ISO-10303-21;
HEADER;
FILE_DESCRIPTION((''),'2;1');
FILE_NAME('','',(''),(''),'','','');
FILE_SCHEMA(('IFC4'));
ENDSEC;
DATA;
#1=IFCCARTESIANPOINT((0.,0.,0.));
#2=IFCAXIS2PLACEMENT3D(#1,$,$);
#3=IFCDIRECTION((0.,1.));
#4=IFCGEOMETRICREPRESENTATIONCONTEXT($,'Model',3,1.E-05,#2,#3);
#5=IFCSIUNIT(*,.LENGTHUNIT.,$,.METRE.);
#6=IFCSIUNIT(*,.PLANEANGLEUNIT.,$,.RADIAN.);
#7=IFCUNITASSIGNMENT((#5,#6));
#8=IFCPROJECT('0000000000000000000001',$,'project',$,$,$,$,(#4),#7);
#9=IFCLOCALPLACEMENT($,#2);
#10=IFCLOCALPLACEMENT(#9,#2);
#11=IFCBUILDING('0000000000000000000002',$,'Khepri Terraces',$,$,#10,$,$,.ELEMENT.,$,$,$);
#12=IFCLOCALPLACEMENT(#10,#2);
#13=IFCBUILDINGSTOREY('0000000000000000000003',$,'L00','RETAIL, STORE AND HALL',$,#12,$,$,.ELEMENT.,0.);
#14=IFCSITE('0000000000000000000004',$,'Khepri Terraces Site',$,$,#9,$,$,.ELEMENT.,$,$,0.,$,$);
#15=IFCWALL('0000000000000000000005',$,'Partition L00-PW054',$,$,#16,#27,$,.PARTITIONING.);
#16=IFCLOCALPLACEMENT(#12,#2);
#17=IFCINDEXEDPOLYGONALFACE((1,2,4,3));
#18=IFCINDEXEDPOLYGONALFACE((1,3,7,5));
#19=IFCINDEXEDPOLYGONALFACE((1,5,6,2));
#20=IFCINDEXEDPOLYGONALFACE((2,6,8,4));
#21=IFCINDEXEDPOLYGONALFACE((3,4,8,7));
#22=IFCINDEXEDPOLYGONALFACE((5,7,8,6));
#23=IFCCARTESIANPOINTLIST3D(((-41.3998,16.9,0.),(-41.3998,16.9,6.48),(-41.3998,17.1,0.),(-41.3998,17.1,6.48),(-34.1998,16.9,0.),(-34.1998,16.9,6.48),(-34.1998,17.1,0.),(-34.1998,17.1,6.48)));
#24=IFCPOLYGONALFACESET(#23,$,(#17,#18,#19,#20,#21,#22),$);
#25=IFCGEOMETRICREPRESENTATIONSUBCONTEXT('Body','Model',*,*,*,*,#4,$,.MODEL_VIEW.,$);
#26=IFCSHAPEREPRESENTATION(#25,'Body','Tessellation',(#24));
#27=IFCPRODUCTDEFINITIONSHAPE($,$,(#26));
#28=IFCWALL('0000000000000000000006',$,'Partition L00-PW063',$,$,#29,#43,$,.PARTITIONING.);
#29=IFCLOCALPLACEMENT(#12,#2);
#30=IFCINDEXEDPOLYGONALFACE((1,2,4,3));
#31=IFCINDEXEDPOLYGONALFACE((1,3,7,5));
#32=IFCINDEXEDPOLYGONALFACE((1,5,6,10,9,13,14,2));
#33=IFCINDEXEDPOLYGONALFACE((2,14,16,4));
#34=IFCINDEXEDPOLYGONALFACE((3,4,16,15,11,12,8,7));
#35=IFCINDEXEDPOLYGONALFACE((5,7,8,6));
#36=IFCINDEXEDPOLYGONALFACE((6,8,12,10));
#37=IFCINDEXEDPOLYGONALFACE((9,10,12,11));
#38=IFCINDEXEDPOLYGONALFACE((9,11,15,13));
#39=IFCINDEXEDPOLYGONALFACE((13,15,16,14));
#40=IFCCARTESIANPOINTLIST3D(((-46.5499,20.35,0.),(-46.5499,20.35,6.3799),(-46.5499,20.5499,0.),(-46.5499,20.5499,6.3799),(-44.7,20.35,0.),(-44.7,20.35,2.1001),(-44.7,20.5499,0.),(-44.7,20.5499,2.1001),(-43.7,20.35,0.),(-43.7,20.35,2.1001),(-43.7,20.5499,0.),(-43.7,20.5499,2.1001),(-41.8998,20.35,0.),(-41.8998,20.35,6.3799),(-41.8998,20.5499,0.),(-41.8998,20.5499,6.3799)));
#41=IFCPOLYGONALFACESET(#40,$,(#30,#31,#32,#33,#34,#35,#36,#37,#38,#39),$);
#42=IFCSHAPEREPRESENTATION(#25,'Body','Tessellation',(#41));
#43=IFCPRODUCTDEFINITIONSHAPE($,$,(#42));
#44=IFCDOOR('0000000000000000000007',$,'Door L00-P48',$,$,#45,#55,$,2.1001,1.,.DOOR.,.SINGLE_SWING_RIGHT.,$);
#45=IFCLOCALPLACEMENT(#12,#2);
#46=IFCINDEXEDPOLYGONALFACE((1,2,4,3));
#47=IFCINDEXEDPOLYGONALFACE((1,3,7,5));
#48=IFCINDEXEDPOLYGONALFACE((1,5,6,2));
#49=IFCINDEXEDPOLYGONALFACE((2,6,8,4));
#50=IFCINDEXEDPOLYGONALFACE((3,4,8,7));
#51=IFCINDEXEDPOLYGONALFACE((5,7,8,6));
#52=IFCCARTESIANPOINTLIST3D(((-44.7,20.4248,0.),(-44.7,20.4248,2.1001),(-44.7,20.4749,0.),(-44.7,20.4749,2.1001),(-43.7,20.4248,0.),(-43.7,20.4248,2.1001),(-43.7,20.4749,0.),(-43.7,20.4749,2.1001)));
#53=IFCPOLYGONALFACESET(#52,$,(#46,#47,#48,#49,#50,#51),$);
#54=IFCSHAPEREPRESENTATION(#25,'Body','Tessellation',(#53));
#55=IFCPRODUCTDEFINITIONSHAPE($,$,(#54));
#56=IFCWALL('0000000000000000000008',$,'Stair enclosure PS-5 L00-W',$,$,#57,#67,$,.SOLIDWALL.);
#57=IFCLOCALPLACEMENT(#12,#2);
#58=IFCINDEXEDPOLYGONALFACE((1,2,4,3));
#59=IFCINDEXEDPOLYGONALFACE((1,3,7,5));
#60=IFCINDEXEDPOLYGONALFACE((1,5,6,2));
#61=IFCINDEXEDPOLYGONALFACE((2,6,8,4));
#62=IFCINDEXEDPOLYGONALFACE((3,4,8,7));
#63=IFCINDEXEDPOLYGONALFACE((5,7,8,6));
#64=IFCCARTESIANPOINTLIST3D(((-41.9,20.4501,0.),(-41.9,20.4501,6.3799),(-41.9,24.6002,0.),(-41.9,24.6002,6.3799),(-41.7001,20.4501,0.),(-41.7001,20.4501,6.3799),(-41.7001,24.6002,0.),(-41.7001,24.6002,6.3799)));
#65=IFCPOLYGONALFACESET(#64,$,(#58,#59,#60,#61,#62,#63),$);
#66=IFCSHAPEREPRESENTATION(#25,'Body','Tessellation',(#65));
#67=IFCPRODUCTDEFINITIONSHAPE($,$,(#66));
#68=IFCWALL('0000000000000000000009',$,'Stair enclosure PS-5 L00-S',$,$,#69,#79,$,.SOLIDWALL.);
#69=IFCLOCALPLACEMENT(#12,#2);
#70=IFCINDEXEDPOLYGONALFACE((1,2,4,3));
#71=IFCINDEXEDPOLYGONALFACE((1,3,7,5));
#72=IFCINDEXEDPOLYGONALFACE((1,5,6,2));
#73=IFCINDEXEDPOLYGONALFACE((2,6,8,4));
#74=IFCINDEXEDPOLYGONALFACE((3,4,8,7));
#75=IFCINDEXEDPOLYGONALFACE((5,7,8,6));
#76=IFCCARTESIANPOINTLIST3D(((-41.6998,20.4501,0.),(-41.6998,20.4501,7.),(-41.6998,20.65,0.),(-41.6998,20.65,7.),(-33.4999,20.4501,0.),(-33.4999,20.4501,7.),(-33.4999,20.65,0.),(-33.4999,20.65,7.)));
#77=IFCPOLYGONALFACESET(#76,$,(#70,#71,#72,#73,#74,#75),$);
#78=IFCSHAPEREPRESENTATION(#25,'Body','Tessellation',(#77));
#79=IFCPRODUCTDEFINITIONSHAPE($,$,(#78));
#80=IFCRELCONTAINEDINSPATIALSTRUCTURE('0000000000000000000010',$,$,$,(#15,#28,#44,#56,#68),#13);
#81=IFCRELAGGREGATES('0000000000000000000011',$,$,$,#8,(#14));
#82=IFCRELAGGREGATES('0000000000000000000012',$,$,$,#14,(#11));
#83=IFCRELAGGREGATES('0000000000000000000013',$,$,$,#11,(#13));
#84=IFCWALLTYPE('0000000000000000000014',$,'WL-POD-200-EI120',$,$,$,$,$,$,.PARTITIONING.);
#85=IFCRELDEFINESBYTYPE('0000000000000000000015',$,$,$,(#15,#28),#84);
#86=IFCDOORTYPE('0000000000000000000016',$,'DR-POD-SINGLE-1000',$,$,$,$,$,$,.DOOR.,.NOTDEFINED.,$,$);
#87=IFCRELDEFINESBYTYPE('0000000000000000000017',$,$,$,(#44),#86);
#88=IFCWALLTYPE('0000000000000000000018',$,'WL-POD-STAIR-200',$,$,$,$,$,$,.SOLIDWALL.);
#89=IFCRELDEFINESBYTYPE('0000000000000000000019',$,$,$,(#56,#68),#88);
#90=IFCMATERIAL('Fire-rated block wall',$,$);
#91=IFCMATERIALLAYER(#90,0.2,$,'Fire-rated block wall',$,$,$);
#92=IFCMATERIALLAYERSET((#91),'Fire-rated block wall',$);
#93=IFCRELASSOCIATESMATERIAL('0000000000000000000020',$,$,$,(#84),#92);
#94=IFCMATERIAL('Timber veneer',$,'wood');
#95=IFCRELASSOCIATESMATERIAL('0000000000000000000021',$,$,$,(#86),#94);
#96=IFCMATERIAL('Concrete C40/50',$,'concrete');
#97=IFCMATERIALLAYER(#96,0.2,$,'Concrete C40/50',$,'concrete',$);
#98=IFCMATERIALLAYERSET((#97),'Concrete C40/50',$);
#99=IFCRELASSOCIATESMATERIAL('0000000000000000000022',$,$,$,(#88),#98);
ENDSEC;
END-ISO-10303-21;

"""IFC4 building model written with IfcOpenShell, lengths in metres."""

from ifc_helpers import new_model, si_unit, direction, frame, frame_2d, origin, place, context, subcontext, project, spatial, rectangle, extrude, material, layer, layer_set, type_object, element, fill, save


model = new_model("IFC4")

# Units and contexts
model_context = context("Model", 3, precision=1e-05, world=origin(), true_north=direction((0.0, 1.0)))
body_context = subcontext(model_context, "Body", "Model", "MODEL_VIEW")
ifc_project = project(units=[si_unit("LENGTHUNIT", "METRE"), si_unit("PLANEANGLEUNIT", "RADIAN")], contexts=[model_context])

# Site, building, storey
site_placement = place(None, origin())
site = spatial("IfcSite", under=ifc_project, at=site_placement, Name="Khepri Terraces Site", CompositionType="ELEMENT", RefElevation=0.0)
building_placement = place(site_placement, origin())
building = spatial("IfcBuilding", under=site, at=building_placement, Name="Khepri Terraces", CompositionType="ELEMENT")
storey_placement = place(building_placement, origin())
storey = spatial("IfcBuildingStorey", under=building, at=storey_placement, Name="L00", Description="RETAIL, STORE AND HALL", CompositionType="ELEMENT", Elevation=0.0)

# Wall
ifc_material_1 = material(Name="Fire-rated block wall")
ifc_layer_1 = layer(ifc_material_1, 0.2, Name="Fire-rated block wall")
ifc_layer_set_1 = layer_set([ifc_layer_1], Name="Fire-rated block wall")
wall_type_1 = type_object("IfcWallType", Name="WL-POD-200-EI120", PredefinedType="PARTITIONING", material=ifc_layer_set_1)
wall_1_placement = place(storey_placement, frame((-41.3999, 17.0, 0.0), z_axis=(0.0, 0.0, 1.0), x_axis=(1.0, 0.0, 0.0)))
element("IfcWall", 1, at=wall_1_placement, inside=storey, type_object=wall_type_1, Name="Partition L00-PW054", PredefinedType="PARTITIONING", context=body_context, shape_type="SweptSolid", body=[
    extrude(rectangle(XDim=7.2, YDim=0.2, at=frame_2d((3.6001, 0.0))), origin(), (0.0, 0.0, 1.0), 6.48),
])

# Wall, opening, door
wall_2_placement = place(storey_placement, frame((-46.55, 20.45, 0.0), z_axis=(0.0, 0.0, 1.0), x_axis=(1.0, 0.0, 0.0)))
wall_2 = element("IfcWall", 2, at=wall_2_placement, inside=storey, type_object=wall_type_1, Name="Partition L00-PW063", PredefinedType="PARTITIONING", context=body_context, shape_type="SweptSolid", body=[
    extrude(rectangle(XDim=4.6501, YDim=0.2, at=frame_2d((2.3252, 0.0))), origin(), (0.0, 0.0, 1.0), 6.3799),
])
opening_1_placement = place(wall_2_placement, frame((1.8501, 0.0, 0.0)))
opening_1 = element("IfcOpeningElement", 3, at=opening_1_placement, cuts=wall_2, PredefinedType="OPENING", context=body_context, shape_type="SweptSolid", body=[
    extrude(rectangle(XDim=1.0, YDim=2.1001, at=frame_2d((0.5, 1.05))), frame((0.0, 0.1099, 0.0), z_axis=(0.0, -1.0, 0.0), x_axis=(1.0, 0.0, 0.0)), (0.0, 0.0, 1.0), 0.22),
])
ifc_material_2 = material(Name="Timber veneer", Category="wood")
door_type_1 = type_object("IfcDoorType", Name="DR-POD-SINGLE-1000", OperationType="NOTDEFINED", PredefinedType="DOOR", material=ifc_material_2)
door_1_placement = place(opening_1_placement, origin())
door_1 = element("IfcDoor", 4, at=door_1_placement, inside=storey, type_object=door_type_1, Name="Door L00-P48", OperationType="SINGLE_SWING_RIGHT", OverallHeight=2.1001, OverallWidth=1.0, PredefinedType="DOOR", context=body_context, shape_type="SweptSolid", body=[
    extrude(rectangle(XDim=1.0, YDim=2.1001, at=frame_2d((0.5, 1.05))), frame((0.0, 0.0249, 0.0), z_axis=(0.0, -1.0, 0.0), x_axis=(1.0, 0.0, 0.0)), (0.0, 0.0, 1.0), 0.05),
])
fill(opening_1, door_1)

# Walls
ifc_material_3 = material(Name="Concrete C40/50", Category="concrete")
ifc_layer_2 = layer(ifc_material_3, 0.2, Name="Concrete C40/50", Category="concrete")
ifc_layer_set_2 = layer_set([ifc_layer_2], Name="Concrete C40/50")
wall_type_2 = type_object("IfcWallType", Name="WL-POD-STAIR-200", PredefinedType="SOLIDWALL", material=ifc_layer_set_2)
wall_3_placement = place(storey_placement, frame((-41.8, 20.45, 0.0), z_axis=(0.0, 0.0, 1.0), x_axis=(0.0, 1.0, 0.0)))
element("IfcWall", 5, at=wall_3_placement, inside=storey, type_object=wall_type_2, Name="Stair enclosure PS-5 L00-W", PredefinedType="SOLIDWALL", context=body_context, shape_type="SweptSolid", body=[
    extrude(rectangle(XDim=4.1501, YDim=0.2, at=frame_2d((2.0752, 0.0))), origin(), (0.0, 0.0, 1.0), 6.3799),
])
wall_4_placement = place(storey_placement, frame((-41.7, 20.55, 0.0), z_axis=(0.0, 0.0, 1.0), x_axis=(1.0, 0.0, 0.0)))
element("IfcWall", 6, at=wall_4_placement, inside=storey, type_object=wall_type_2, Name="Stair enclosure PS-5 L00-S", PredefinedType="SOLIDWALL", context=body_context, shape_type="SweptSolid", body=[
    extrude(rectangle(XDim=8.2, YDim=0.2, at=frame_2d((4.1001, 0.0))), origin(), (0.0, 0.0, 1.0), 7.0),
])

save(model, "model.ifc")
